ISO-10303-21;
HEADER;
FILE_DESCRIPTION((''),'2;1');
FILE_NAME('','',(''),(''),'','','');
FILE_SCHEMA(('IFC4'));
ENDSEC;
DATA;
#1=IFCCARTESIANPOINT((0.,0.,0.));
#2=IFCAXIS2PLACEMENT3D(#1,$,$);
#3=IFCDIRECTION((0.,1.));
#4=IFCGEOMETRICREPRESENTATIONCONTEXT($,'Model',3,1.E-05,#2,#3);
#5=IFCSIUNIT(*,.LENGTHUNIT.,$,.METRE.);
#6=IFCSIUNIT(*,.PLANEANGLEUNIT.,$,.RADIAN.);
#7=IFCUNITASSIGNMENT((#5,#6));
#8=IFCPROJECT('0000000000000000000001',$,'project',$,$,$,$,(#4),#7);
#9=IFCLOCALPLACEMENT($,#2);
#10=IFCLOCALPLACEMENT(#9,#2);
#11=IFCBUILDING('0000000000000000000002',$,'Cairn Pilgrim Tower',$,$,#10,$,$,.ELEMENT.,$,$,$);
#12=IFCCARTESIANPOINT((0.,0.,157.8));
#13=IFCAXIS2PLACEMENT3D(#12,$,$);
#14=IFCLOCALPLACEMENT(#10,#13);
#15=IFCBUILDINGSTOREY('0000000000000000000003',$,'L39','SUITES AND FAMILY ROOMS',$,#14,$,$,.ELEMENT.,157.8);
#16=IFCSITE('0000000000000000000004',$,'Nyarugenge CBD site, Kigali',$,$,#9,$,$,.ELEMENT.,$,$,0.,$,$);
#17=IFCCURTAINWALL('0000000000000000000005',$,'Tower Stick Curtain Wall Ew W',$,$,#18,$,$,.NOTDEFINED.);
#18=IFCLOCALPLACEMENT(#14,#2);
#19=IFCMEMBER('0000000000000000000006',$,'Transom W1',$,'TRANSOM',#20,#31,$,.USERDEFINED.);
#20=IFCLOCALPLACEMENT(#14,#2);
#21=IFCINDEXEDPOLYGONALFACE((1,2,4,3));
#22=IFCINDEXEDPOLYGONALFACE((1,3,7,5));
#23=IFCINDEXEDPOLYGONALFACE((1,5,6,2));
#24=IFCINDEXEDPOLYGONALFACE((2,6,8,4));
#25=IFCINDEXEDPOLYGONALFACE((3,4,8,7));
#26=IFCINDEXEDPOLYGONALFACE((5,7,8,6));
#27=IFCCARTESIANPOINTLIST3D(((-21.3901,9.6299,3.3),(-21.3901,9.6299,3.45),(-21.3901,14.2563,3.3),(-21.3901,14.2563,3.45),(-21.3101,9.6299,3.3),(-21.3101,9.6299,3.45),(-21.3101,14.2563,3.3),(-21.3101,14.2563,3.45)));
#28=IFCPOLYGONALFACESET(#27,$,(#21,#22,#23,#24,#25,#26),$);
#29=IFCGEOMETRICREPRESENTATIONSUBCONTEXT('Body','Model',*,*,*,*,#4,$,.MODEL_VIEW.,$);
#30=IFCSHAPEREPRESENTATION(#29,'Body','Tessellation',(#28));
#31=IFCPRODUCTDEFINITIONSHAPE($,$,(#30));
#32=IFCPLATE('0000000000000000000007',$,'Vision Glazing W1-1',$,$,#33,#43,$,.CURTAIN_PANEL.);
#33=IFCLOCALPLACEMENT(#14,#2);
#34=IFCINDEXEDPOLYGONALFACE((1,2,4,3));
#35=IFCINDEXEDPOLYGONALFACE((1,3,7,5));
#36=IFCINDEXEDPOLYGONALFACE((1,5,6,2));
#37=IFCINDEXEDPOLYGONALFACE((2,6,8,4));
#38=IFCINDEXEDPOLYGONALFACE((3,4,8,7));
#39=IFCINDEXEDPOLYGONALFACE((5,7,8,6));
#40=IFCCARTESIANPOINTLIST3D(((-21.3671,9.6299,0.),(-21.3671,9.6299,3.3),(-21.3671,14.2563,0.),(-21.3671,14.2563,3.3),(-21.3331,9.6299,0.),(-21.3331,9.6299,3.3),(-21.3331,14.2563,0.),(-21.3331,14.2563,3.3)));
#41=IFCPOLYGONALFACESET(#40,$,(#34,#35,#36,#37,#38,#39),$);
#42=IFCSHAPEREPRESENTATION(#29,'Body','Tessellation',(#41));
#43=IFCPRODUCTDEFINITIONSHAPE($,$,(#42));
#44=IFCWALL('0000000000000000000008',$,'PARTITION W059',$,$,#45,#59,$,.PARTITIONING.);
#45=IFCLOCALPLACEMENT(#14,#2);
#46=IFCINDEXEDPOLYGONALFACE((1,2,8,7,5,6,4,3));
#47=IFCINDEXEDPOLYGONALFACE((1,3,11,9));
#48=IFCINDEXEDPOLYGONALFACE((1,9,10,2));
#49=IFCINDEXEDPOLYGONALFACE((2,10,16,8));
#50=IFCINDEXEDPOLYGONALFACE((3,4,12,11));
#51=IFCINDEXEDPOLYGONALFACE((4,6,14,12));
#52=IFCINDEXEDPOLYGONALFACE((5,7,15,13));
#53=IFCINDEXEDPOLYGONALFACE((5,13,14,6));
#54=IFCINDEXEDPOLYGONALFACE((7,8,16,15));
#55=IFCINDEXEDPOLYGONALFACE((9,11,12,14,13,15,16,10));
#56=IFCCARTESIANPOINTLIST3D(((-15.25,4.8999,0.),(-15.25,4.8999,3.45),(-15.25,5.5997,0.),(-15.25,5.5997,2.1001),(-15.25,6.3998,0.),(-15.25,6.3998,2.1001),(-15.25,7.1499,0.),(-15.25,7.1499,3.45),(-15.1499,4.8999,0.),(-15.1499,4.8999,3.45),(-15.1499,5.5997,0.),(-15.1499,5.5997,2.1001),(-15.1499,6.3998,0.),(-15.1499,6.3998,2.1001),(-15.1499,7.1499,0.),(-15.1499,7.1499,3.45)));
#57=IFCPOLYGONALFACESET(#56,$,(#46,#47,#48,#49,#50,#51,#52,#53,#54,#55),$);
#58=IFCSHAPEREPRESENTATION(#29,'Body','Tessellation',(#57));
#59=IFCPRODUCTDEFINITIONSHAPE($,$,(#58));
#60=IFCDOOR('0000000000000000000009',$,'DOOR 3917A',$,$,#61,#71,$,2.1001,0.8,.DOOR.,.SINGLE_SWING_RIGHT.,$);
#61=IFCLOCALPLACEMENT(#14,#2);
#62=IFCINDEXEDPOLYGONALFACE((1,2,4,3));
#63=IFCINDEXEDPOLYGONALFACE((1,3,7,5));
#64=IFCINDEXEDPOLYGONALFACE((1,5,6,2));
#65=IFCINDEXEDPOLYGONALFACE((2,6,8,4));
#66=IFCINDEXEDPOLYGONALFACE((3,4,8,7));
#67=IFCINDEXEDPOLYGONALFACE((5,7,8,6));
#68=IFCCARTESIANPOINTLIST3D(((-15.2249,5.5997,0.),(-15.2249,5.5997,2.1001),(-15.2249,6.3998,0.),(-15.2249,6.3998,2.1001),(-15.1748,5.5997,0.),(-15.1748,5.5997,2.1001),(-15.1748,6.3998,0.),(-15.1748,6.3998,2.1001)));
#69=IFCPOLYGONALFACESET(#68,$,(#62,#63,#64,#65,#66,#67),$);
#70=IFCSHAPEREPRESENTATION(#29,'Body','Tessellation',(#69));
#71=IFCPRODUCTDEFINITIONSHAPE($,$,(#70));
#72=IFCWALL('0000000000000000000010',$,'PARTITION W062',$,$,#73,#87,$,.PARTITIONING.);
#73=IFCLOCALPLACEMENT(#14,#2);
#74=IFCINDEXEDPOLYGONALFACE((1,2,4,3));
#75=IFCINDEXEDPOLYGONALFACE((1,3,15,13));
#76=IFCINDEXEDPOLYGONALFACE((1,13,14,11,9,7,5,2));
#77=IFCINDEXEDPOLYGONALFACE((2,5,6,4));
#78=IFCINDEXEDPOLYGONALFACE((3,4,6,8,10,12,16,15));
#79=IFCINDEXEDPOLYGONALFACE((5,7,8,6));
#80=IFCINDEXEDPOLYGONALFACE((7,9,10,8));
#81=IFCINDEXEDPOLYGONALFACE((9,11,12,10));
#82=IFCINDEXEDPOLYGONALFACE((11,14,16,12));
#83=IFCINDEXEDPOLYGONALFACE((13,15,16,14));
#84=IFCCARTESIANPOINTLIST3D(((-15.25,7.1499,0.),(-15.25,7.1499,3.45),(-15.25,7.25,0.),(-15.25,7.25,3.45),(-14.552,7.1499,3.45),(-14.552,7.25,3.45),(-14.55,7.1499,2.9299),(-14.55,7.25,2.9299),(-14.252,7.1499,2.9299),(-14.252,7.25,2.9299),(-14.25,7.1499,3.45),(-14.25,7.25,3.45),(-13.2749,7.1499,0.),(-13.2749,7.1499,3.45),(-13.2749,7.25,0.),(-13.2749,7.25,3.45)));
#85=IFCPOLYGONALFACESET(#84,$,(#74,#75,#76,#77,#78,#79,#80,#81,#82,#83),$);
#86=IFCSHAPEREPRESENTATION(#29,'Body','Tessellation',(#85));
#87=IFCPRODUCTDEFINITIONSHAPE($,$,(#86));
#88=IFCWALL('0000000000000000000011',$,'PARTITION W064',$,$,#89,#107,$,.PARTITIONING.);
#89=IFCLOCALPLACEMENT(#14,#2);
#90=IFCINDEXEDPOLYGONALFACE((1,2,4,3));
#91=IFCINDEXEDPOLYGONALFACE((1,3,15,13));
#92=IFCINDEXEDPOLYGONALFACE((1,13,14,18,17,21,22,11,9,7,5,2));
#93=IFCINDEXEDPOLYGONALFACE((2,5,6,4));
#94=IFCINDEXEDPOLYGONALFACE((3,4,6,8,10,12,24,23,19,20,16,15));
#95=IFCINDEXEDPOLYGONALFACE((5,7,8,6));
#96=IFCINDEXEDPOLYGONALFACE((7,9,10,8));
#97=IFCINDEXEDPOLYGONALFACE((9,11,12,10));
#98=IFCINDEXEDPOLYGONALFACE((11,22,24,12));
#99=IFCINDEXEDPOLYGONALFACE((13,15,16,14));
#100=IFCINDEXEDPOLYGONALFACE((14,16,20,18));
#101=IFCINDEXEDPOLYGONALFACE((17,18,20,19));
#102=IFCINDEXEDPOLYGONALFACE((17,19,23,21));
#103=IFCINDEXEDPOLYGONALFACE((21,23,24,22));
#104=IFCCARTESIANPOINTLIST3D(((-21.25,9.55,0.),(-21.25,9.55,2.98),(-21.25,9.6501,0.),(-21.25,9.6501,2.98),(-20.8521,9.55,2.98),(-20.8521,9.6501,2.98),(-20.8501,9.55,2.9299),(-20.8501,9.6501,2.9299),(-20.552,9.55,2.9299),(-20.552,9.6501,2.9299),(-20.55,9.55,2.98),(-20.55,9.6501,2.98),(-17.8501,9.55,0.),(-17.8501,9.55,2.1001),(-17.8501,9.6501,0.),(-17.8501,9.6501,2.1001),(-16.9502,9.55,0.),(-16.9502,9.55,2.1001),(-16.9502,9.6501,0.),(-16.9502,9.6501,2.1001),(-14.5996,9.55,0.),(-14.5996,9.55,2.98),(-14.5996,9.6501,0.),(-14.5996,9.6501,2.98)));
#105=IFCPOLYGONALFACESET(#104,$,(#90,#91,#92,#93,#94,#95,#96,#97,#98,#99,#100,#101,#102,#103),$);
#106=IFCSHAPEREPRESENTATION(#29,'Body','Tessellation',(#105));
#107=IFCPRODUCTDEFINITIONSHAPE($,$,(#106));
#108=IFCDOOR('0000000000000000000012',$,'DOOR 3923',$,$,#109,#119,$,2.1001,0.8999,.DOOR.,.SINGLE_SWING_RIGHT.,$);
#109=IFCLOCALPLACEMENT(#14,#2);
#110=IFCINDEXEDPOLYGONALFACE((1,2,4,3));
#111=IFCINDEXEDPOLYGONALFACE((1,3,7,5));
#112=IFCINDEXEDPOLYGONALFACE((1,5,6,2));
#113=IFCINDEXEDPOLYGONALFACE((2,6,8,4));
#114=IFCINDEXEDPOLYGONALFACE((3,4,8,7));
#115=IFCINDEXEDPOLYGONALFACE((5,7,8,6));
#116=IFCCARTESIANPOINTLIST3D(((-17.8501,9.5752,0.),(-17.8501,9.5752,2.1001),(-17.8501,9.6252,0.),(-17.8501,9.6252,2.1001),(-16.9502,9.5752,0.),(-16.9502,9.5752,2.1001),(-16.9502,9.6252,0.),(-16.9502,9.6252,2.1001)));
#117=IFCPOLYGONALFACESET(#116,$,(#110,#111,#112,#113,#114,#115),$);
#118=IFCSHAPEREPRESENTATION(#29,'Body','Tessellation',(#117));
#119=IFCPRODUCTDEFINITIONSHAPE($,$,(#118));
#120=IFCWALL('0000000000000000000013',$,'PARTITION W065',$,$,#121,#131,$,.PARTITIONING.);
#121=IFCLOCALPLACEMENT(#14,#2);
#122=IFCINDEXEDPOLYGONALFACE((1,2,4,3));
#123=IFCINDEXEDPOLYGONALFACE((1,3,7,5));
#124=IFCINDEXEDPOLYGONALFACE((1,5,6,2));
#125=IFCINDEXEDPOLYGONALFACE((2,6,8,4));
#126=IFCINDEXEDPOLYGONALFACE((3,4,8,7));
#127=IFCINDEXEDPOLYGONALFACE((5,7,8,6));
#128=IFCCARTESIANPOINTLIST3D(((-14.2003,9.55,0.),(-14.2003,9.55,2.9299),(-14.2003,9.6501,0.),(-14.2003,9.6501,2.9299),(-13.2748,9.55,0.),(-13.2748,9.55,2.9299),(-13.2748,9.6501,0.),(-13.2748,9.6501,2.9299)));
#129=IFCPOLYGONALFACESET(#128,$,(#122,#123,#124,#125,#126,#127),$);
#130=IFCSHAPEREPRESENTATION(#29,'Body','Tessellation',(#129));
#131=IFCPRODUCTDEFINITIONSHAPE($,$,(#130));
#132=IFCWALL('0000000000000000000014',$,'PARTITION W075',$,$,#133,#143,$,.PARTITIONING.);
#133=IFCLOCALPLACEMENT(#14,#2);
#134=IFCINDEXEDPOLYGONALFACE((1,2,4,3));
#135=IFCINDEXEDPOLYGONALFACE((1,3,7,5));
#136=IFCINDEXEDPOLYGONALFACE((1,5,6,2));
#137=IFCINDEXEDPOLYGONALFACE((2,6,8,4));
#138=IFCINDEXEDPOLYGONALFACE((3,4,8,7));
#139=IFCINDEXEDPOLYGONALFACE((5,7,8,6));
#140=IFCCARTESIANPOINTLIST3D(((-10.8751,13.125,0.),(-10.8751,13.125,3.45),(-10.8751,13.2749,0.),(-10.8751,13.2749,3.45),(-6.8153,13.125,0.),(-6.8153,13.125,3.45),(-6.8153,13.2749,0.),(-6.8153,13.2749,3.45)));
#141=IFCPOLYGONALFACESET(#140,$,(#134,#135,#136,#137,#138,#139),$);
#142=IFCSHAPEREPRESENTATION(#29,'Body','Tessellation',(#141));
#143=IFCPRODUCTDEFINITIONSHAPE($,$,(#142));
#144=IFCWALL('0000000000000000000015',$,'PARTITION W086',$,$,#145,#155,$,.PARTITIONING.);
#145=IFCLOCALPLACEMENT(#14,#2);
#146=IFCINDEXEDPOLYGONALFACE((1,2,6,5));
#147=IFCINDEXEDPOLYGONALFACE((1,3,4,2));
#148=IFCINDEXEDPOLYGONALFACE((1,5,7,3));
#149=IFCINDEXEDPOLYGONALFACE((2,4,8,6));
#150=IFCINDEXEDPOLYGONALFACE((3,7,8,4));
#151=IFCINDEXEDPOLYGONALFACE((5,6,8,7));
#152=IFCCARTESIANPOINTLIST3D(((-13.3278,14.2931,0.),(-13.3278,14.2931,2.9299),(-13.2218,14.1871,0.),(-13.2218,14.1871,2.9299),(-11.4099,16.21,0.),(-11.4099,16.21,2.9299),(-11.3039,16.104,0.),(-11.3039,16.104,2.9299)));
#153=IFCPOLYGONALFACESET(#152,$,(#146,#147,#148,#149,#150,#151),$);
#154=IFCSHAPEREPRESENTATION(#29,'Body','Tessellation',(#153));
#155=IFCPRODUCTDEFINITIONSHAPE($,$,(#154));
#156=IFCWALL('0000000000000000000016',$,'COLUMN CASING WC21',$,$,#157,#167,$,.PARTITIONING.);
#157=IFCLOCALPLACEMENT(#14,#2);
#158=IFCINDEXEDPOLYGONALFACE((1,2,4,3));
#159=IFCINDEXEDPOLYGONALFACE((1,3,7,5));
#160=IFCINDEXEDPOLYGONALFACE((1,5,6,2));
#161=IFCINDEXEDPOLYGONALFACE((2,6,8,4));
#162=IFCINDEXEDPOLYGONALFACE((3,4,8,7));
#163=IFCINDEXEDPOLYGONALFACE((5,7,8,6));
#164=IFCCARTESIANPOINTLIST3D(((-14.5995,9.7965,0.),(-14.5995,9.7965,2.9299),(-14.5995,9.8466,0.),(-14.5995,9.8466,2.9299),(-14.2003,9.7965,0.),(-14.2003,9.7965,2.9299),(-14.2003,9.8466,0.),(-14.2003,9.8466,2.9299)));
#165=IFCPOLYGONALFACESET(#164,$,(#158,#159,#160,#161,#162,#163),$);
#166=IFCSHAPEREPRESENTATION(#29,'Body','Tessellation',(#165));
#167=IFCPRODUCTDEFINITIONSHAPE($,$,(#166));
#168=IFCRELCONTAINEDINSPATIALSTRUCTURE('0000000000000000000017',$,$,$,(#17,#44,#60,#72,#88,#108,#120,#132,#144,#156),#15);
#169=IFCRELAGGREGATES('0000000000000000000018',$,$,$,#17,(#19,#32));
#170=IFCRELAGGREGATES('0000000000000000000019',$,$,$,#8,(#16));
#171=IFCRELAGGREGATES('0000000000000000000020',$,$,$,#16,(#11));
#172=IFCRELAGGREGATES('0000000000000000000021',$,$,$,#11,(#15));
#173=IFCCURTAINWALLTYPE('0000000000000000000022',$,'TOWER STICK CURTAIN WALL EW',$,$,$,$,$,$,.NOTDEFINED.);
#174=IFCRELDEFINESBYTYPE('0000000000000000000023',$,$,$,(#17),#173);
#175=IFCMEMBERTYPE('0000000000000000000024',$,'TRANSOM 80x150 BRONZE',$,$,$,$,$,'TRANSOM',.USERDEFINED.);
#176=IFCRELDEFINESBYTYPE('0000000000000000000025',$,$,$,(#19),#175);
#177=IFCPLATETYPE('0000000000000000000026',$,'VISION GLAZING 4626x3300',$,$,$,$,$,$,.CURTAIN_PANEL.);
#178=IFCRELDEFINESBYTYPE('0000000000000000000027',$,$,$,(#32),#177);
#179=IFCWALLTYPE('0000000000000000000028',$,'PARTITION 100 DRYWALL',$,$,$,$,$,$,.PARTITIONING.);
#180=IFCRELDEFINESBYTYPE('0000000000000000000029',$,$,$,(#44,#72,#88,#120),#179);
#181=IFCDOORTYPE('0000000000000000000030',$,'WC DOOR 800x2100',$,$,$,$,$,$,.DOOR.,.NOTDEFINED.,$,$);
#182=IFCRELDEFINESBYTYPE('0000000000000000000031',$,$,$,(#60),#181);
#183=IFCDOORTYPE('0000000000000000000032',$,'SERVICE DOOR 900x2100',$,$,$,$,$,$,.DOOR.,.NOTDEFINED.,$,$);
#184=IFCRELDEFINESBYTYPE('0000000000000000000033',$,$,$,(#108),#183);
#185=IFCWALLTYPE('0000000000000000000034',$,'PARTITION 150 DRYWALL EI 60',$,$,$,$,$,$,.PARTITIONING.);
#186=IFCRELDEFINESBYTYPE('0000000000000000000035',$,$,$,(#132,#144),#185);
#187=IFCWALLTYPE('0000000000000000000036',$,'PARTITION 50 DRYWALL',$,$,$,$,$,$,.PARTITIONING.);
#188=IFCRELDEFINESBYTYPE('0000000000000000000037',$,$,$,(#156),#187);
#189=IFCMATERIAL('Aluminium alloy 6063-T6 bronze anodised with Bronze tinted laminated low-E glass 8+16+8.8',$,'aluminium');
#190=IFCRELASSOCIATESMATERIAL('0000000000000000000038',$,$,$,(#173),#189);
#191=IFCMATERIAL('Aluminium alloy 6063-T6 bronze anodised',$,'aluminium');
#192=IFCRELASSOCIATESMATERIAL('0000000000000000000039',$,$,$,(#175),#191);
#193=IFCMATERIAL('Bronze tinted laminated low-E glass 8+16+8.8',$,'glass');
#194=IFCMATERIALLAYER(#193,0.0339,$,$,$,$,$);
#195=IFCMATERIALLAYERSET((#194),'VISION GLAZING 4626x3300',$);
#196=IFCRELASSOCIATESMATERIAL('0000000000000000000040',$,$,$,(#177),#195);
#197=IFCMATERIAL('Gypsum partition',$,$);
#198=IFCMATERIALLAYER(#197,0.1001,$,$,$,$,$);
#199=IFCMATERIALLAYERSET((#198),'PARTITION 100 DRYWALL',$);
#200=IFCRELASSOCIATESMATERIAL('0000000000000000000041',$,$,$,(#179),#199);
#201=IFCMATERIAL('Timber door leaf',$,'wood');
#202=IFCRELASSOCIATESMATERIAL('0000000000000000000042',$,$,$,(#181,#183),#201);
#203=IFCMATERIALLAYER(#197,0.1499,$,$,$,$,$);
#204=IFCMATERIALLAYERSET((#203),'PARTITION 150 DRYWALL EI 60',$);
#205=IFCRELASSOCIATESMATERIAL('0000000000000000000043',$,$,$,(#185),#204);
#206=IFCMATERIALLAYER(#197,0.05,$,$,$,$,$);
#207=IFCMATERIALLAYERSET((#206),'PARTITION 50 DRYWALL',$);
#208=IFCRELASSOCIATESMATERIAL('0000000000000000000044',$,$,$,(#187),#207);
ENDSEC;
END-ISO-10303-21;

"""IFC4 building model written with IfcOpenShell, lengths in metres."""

from ifc_helpers import new_model, si_unit, direction, frame, frame_2d, origin, origin_2d, place, context, subcontext, project, spatial, polyline, rectangle, outline, extrude, material, layer, layer_set, material_profile, profile_set, type_object, element, fill, aggregate, save


model = new_model("IFC4")

# Units and contexts
model_context = context("Model", 3, precision=1e-05, world=origin(), true_north=direction((0.0, 1.0)))
body_context = subcontext(model_context, "Body", "Model", "MODEL_VIEW")
ifc_project = project(units=[si_unit("LENGTHUNIT", "METRE"), si_unit("PLANEANGLEUNIT", "RADIAN")], contexts=[model_context])

# Site, building, storey
site_placement = place(None, origin())
site = spatial("IfcSite", under=ifc_project, at=site_placement, Name="Nyarugenge CBD site, Kigali", CompositionType="ELEMENT", RefElevation=0.0)
building_placement = place(site_placement, origin())
building = spatial("IfcBuilding", under=site, at=building_placement, Name="Cairn Pilgrim Tower", CompositionType="ELEMENT")
storey_placement = place(building_placement, frame((0.0, 0.0, 157.8)))
storey = spatial("IfcBuildingStorey", under=building, at=storey_placement, Name="L39", Description="SUITES AND FAMILY ROOMS", CompositionType="ELEMENT", Elevation=157.8)

# Curtain wall
ifc_material_1 = material(Name="Aluminium alloy 6063-T6 bronze anodised with Bronze tinted laminated low-E glass 8+16+8.8", Category="aluminium")
curtain_wall_type = type_object("IfcCurtainWallType", Name="TOWER STICK CURTAIN WALL EW", PredefinedType="NOTDEFINED", material=ifc_material_1)
curtain_wall_placement = place(storey_placement, origin())
curtain_wall = element("IfcCurtainWall", 1, at=curtain_wall_placement, inside=storey, type_object=curtain_wall_type, Name="Tower Stick Curtain Wall Ew W", PredefinedType="NOTDEFINED")
ifc_material_2 = material(Name="Aluminium alloy 6063-T6 bronze anodised", Category="aluminium")

# Member
ifc_material_profile_1 = material_profile(ifc_material_2, rectangle(XDim=0.0801, YDim=0.1499, at=origin_2d()), Name="TRANSOM 80x150 BRONZE")
ifc_profile_set_1 = profile_set([ifc_material_profile_1], Name="Aluminium alloy 6063-T6 bronze anodised")
member_type_1 = type_object("IfcMemberType", Name="TRANSOM 80x150 BRONZE", ElementType="TRANSOM", PredefinedType="USERDEFINED", material=ifc_profile_set_1)
member_1_placement = place(storey_placement, frame((-21.3501, 14.2563, 3.375), z_axis=(0.0, -1.0, 0.0), x_axis=(1.0, 0.0, 0.0)))
member_1 = element("IfcMember", 2, at=member_1_placement, type_object=member_type_1, Name="Transom W1", ObjectType="TRANSOM", PredefinedType="USERDEFINED", context=body_context, shape_type="SweptSolid", body=[
    extrude(rectangle(XDim=0.0801, YDim=0.1499, at=origin_2d()), origin(), (0.0, 0.0, 1.0), 4.6265),
])

# Plate
ifc_material_3 = material(Name="Bronze tinted laminated low-E glass 8+16+8.8", Category="glass")
ifc_layer_1 = layer(ifc_material_3, 0.0339)
ifc_layer_set_1 = layer_set([ifc_layer_1], Name="VISION GLAZING 4626x3300")
plate_type = type_object("IfcPlateType", Name="VISION GLAZING 4626x3300", PredefinedType="CURTAIN_PANEL", material=ifc_layer_set_1)
plate_placement = place(storey_placement, frame((-21.3501, 11.9431, 0.0), z_axis=(0.0, 0.0, 1.0), x_axis=(0.0, -1.0, 0.0)))
plate = element("IfcPlate", 3, at=plate_placement, type_object=plate_type, Name="Vision Glazing W1-1", PredefinedType="CURTAIN_PANEL", context=body_context, shape_type="SweptSolid", body=[
    extrude(rectangle(XDim=4.6265, YDim=0.0339, at=origin_2d()), origin(), (0.0, 0.0, 1.0), 3.3),
])
aggregate(curtain_wall, [member_1, plate])

# Wall, opening, door
ifc_material_4 = material(Name="Gypsum partition")
ifc_layer_2 = layer(ifc_material_4, 0.1001)
ifc_layer_set_2 = layer_set([ifc_layer_2], Name="PARTITION 100 DRYWALL")
wall_type_1 = type_object("IfcWallType", Name="PARTITION 100 DRYWALL", PredefinedType="PARTITIONING", material=ifc_layer_set_2)
wall_1_placement = place(storey_placement, frame((-15.2, 4.8999, 0.0), z_axis=(0.0, 0.0, 1.0), x_axis=(0.0, 1.0, 0.0)))
wall_1 = element("IfcWall", 4, at=wall_1_placement, inside=storey, type_object=wall_type_1, Name="PARTITION W059", PredefinedType="PARTITIONING", context=body_context, shape_type="SweptSolid", body=[
    extrude(rectangle(XDim=2.25, YDim=0.1001, at=frame_2d((1.125, 0.0))), origin(), (0.0, 0.0, 1.0), 3.45),
])
opening_1_placement = place(wall_1_placement, frame((0.7, 0.0, 0.0)))
opening_1 = element("IfcOpeningElement", 5, at=opening_1_placement, cuts=wall_1, PredefinedType="OPENING", context=body_context, shape_type="SweptSolid", body=[
    extrude(rectangle(XDim=0.8, YDim=2.1001, at=frame_2d((0.3999, 1.05))), frame((0.0, 0.0601, 0.0), z_axis=(0.0, -1.0, 0.0), x_axis=(1.0, 0.0, 0.0)), (0.0, 0.0, 1.0), 0.1201),
])
ifc_material_5 = material(Name="Timber door leaf", Category="wood")
door_type_1 = type_object("IfcDoorType", Name="WC DOOR 800x2100", OperationType="NOTDEFINED", PredefinedType="DOOR", material=ifc_material_5)
door_1_placement = place(opening_1_placement, origin())
door_1 = element("IfcDoor", 6, at=door_1_placement, inside=storey, type_object=door_type_1, Name="DOOR 3917A", OperationType="SINGLE_SWING_RIGHT", OverallHeight=2.1001, OverallWidth=0.8, PredefinedType="DOOR", context=body_context, shape_type="SweptSolid", body=[
    extrude(rectangle(XDim=0.8, YDim=2.1001, at=frame_2d((0.3999, 1.05))), frame((0.0, 0.0249, 0.0), z_axis=(0.0, -1.0, 0.0), x_axis=(1.0, 0.0, 0.0)), (0.0, 0.0, 1.0), 0.05),
])
fill(opening_1, door_1)

# Wall
wall_2_placement = place(storey_placement, frame((-15.25, 7.2, 0.0), z_axis=(0.0, 0.0, 1.0), x_axis=(1.0, 0.0, 0.0)))
element("IfcWall", 7, at=wall_2_placement, inside=storey, type_object=wall_type_1, Name="PARTITION W062", PredefinedType="PARTITIONING", context=body_context, shape_type="SweptSolid", body=[
    extrude(outline(polyline([(0.0, 0.0), (1.9751, 0.0), (1.9751, 3.45), (1.0, 3.45), (0.998, 2.9299), (0.7, 2.9299), (0.698, 3.45), (0.0, 3.45), (0.0, 0.0)])), frame((0.0, 0.05, 0.0), z_axis=(0.0, -1.0, 0.0), x_axis=(1.0, 0.0, 0.0)), (0.0, 0.0, 1.0), 0.1001),
])

# Wall, opening, door
wall_3_placement = place(storey_placement, frame((-21.25, 9.6001, 0.0), z_axis=(0.0, 0.0, 1.0), x_axis=(1.0, 0.0, 0.0)))
wall_3 = element("IfcWall", 8, at=wall_3_placement, inside=storey, type_object=wall_type_1, Name="PARTITION W064", PredefinedType="PARTITIONING", context=body_context, shape_type="SweptSolid", body=[
    extrude(outline(polyline([(0.0, 0.0), (6.6504, 0.0), (6.6504, 2.98), (0.7, 2.98), (0.698, 2.9299), (0.3999, 2.9299), (0.3979, 2.98), (0.0, 2.98), (0.0, 0.0)])), frame((0.0, 0.05, 0.0), z_axis=(0.0, -1.0, 0.0), x_axis=(1.0, 0.0, 0.0)), (0.0, 0.0, 1.0), 0.1001),
])
opening_2_placement = place(wall_3_placement, frame((3.3999, 0.0, 0.0)))
opening_2 = element("IfcOpeningElement", 9, at=opening_2_placement, cuts=wall_3, PredefinedType="OPENING", context=body_context, shape_type="SweptSolid", body=[
    extrude(rectangle(XDim=0.8999, YDim=2.1001, at=frame_2d((0.45, 1.05))), frame((0.0, 0.0601, 0.0), z_axis=(0.0, -1.0, 0.0), x_axis=(1.0, 0.0, 0.0)), (0.0, 0.0, 1.0), 0.1201),
])
door_type_2 = type_object("IfcDoorType", Name="SERVICE DOOR 900x2100", OperationType="NOTDEFINED", PredefinedType="DOOR", material=ifc_material_5)
door_2_placement = place(opening_2_placement, frame((0.8999, 0.0, 0.0), z_axis=(0.0, 0.0, 1.0), x_axis=(-1.0, 0.0, 0.0)))
door_2 = element("IfcDoor", 10, at=door_2_placement, inside=storey, type_object=door_type_2, Name="DOOR 3923", OperationType="SINGLE_SWING_RIGHT", OverallHeight=2.1001, OverallWidth=0.8999, PredefinedType="DOOR", context=body_context, shape_type="SweptSolid", body=[
    extrude(rectangle(XDim=0.8999, YDim=2.1001, at=frame_2d((0.45, 1.05))), frame((0.0, 0.0249, 0.0), z_axis=(0.0, -1.0, 0.0), x_axis=(1.0, 0.0, 0.0)), (0.0, 0.0, 1.0), 0.05),
])
fill(opening_2, door_2)

# Walls
wall_4_placement = place(storey_placement, frame((-14.2004, 9.6001, 0.0), z_axis=(0.0, 0.0, 1.0), x_axis=(1.0, 0.0, 0.0)))
element("IfcWall", 11, at=wall_4_placement, inside=storey, type_object=wall_type_1, Name="PARTITION W065", PredefinedType="PARTITIONING", context=body_context, shape_type="SweptSolid", body=[
    extrude(rectangle(XDim=0.9255, YDim=0.1001, at=frame_2d((0.4629, 0.0))), origin(), (0.0, 0.0, 1.0), 2.9299),
])
ifc_layer_3 = layer(ifc_material_4, 0.1499)
ifc_layer_set_3 = layer_set([ifc_layer_3], Name="PARTITION 150 DRYWALL EI 60")
wall_type_2 = type_object("IfcWallType", Name="PARTITION 150 DRYWALL EI 60", PredefinedType="PARTITIONING", material=ifc_layer_set_3)
wall_5_placement = place(storey_placement, frame((-10.875, 13.2, 0.0), z_axis=(0.0, 0.0, 1.0), x_axis=(1.0, 0.0, 0.0)))
element("IfcWall", 12, at=wall_5_placement, inside=storey, type_object=wall_type_2, Name="PARTITION W075", PredefinedType="PARTITIONING", context=body_context, shape_type="SweptSolid", body=[
    extrude(rectangle(XDim=4.0598, YDim=0.1499, at=frame_2d((2.0298, 0.0))), origin(), (0.0, 0.0, 1.0), 3.45),
])
wall_6_placement = place(storey_placement, frame((-13.2749, 14.24, 0.0), z_axis=(0.0, 0.0, 1.0), x_axis=(0.707287, 0.706927, 0.0)))
element("IfcWall", 13, at=wall_6_placement, inside=storey, type_object=wall_type_2, Name="PARTITION W086", PredefinedType="PARTITIONING", context=body_context, shape_type="SweptSolid", body=[
    extrude(rectangle(XDim=2.7117, YDim=0.1499, at=frame_2d((1.356, 0.0))), origin(), (0.0, 0.0, 1.0), 2.9299),
])
ifc_layer_4 = layer(ifc_material_4, 0.05)
ifc_layer_set_4 = layer_set([ifc_layer_4], Name="PARTITION 50 DRYWALL")
wall_type_3 = type_object("IfcWallType", Name="PARTITION 50 DRYWALL", PredefinedType="PARTITIONING", material=ifc_layer_set_4)
wall_7_placement = place(storey_placement, frame((-14.5996, 9.8215, 0.0), z_axis=(0.0, 0.0, 1.0), x_axis=(1.0, 0.0, 0.0)))
element("IfcWall", 14, at=wall_7_placement, inside=storey, type_object=wall_type_3, Name="COLUMN CASING WC21", PredefinedType="PARTITIONING", context=body_context, shape_type="SweptSolid", body=[
    extrude(rectangle(XDim=0.3992, YDim=0.05, at=frame_2d((0.1997, 0.0))), origin(), (0.0, 0.0, 1.0), 2.9299),
])

save(model, "model.ifc")
